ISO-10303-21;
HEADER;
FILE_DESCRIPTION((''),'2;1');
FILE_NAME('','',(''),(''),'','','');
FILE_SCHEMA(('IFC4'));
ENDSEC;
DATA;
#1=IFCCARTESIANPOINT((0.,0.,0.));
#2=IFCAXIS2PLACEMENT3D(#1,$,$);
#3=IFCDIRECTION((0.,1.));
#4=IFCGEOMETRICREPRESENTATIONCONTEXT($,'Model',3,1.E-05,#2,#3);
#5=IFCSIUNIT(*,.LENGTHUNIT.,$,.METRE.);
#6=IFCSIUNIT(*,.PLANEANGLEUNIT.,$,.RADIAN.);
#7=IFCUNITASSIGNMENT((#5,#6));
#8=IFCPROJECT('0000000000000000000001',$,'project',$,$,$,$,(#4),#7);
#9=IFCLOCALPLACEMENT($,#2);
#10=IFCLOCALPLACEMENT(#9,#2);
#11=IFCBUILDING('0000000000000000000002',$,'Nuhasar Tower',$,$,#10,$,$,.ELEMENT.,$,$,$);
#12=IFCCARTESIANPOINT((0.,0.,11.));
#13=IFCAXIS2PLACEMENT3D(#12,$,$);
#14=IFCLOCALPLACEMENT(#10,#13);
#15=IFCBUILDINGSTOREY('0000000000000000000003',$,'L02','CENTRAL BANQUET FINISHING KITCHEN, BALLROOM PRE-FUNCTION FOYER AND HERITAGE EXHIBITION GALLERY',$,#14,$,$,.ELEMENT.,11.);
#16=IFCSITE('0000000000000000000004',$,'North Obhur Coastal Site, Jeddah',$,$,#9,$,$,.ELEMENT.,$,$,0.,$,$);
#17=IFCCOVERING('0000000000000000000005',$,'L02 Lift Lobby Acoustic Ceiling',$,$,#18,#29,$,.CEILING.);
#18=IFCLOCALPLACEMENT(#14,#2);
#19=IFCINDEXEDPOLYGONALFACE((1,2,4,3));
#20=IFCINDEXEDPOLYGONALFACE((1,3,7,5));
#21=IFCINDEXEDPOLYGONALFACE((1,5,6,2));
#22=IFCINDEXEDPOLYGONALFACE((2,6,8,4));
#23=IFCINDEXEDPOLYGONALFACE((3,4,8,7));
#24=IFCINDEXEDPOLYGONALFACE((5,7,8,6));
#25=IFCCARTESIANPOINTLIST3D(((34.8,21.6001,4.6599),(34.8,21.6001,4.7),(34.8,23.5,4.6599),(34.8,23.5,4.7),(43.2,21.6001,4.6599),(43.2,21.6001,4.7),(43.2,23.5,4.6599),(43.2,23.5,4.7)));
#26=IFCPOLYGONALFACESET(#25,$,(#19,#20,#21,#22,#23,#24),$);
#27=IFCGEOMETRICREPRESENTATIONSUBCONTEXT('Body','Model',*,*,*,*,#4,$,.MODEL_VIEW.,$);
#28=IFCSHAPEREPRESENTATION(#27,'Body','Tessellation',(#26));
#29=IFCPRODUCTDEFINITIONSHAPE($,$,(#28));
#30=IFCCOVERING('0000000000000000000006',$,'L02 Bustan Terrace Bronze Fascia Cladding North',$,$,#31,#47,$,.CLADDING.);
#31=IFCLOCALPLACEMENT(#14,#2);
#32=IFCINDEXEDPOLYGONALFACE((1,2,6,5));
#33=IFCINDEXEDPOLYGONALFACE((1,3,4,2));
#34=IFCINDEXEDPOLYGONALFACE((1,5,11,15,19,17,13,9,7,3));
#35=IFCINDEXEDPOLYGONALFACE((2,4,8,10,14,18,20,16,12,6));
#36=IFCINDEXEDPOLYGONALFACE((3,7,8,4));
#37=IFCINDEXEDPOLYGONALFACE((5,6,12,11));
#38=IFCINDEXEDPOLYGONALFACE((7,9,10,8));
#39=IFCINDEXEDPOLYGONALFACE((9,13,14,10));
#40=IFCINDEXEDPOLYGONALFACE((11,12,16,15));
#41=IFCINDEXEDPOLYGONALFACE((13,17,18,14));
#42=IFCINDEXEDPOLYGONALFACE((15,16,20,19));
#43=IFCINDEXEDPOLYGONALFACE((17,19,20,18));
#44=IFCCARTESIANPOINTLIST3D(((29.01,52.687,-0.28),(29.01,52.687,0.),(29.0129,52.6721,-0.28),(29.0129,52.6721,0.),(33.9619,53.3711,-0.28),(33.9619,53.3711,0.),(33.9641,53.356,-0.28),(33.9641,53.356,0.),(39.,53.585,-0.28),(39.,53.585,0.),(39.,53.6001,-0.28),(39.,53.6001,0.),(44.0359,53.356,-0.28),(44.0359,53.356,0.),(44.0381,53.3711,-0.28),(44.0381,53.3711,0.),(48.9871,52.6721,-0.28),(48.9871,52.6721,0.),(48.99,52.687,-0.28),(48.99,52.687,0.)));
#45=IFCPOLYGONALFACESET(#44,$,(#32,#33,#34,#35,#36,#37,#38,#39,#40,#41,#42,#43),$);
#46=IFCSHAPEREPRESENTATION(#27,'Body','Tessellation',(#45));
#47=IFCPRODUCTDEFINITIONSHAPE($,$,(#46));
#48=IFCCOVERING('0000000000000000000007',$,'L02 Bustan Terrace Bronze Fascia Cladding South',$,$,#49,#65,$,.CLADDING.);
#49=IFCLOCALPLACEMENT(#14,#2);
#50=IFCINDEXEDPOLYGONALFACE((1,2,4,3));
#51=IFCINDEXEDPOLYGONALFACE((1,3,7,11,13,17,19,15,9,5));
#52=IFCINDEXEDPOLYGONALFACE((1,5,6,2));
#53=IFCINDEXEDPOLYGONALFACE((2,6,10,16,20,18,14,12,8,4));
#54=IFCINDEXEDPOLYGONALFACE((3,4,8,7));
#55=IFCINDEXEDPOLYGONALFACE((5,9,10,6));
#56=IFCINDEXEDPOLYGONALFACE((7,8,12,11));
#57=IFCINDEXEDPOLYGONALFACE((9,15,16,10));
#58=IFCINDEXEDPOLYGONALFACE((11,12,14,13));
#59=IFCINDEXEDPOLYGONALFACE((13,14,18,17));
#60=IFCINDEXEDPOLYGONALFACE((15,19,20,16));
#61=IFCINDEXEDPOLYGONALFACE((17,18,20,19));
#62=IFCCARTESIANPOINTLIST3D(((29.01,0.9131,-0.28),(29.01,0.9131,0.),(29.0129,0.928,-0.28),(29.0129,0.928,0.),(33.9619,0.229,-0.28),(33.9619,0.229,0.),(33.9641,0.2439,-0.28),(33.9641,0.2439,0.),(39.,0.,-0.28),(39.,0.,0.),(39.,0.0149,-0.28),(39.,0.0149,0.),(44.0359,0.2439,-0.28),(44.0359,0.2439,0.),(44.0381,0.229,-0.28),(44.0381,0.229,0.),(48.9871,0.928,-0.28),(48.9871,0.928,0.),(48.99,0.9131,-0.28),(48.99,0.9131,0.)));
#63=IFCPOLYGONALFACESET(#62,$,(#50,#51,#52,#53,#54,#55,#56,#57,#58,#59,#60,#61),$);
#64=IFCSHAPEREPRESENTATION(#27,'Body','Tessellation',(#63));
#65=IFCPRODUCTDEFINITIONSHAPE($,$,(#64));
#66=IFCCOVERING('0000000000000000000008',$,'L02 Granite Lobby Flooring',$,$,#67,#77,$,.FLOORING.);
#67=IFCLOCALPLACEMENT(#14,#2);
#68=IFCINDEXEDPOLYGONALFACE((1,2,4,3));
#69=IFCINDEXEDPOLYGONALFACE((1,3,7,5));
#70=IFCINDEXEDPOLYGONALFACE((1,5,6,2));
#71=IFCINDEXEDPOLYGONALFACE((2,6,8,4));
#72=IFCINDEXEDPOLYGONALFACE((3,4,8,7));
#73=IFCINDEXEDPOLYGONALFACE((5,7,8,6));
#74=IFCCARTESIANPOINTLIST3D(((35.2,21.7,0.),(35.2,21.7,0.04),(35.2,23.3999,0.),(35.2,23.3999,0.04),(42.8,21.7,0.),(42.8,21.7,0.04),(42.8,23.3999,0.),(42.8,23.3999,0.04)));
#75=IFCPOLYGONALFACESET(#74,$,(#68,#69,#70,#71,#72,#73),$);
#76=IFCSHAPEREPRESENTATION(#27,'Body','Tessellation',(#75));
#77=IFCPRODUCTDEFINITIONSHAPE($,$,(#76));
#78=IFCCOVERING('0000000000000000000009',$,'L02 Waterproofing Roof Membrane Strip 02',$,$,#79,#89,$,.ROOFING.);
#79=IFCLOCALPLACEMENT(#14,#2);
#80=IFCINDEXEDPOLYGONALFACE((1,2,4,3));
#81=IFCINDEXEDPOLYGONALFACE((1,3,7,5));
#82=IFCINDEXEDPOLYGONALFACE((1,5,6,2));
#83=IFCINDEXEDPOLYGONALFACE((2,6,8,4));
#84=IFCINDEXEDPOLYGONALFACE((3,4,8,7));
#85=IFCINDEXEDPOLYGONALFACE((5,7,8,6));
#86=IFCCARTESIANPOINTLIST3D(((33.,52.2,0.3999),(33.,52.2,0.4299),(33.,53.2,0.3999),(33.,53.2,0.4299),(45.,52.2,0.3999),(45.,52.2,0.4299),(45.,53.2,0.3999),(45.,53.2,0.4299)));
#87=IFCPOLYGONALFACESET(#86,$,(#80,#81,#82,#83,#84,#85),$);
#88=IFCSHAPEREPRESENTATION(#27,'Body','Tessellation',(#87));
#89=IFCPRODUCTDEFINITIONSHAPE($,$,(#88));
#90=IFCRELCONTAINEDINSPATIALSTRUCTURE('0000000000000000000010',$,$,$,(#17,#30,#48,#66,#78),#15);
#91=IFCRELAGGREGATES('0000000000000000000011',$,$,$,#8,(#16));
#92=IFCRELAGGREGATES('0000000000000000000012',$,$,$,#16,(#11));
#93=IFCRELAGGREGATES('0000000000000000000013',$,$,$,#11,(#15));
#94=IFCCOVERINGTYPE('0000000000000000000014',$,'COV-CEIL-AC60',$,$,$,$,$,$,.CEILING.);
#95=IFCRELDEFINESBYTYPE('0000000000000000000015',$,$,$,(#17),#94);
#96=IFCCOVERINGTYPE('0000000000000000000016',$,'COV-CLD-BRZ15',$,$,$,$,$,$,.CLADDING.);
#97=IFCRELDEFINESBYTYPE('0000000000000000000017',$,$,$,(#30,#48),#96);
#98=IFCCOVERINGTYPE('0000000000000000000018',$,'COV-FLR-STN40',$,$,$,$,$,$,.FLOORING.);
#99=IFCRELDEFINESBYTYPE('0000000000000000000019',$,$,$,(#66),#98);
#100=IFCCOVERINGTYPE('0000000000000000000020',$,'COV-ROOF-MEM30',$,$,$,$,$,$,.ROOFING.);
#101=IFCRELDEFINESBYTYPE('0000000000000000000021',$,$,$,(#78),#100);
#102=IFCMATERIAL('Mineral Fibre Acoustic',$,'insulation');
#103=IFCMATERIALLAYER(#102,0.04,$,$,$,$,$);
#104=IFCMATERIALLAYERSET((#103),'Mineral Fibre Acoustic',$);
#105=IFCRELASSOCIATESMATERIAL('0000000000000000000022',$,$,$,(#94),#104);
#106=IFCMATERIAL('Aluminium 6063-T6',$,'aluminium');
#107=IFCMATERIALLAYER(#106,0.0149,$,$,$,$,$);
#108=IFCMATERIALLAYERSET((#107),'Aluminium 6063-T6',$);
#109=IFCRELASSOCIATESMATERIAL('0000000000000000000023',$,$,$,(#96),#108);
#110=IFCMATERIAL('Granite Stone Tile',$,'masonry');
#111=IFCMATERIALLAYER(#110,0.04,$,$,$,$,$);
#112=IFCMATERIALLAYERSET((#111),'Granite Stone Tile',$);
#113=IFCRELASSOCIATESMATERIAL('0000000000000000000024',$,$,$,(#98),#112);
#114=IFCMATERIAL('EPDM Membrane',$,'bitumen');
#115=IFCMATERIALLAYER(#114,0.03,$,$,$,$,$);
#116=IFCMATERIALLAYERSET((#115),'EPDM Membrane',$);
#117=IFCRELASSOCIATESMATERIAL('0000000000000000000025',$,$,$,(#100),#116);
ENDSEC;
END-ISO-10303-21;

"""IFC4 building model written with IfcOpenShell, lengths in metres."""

from ifc_helpers import new_model, si_unit, direction, frame, origin, place, context, subcontext, project, spatial, polyline, outline, extrude, material, layer, layer_set, type_object, element, save


model = new_model("IFC4")

# Units and contexts
model_context = context("Model", 3, precision=1e-05, world=origin(), true_north=direction((0.0, 1.0)))
body_context = subcontext(model_context, "Body", "Model", "MODEL_VIEW")
ifc_project = project(units=[si_unit("LENGTHUNIT", "METRE"), si_unit("PLANEANGLEUNIT", "RADIAN")], contexts=[model_context])

# Site, building, storey
site_placement = place(None, origin())
site = spatial("IfcSite", under=ifc_project, at=site_placement, Name="North Obhur Coastal Site, Jeddah", CompositionType="ELEMENT", RefElevation=0.0)
building_placement = place(site_placement, origin())
building = spatial("IfcBuilding", under=site, at=building_placement, Name="Nuhasar Tower", CompositionType="ELEMENT")
storey_placement = place(building_placement, frame((0.0, 0.0, 11.0)))
storey = spatial("IfcBuildingStorey", under=building, at=storey_placement, Name="L02", Description="CENTRAL BANQUET FINISHING KITCHEN, BALLROOM PRE-FUNCTION FOYER AND HERITAGE EXHIBITION GALLERY", CompositionType="ELEMENT", Elevation=11.0)

# Shared definitions
ifc_material_1 = material(Name="Aluminium 6063-T6", Category="aluminium")

# Coverings
ifc_material_2 = material(Name="Mineral Fibre Acoustic", Category="insulation")
ifc_layer_1 = layer(ifc_material_2, 0.04)
ifc_layer_set_1 = layer_set([ifc_layer_1], Name="Mineral Fibre Acoustic")
covering_type_1 = type_object("IfcCoveringType", Name="COV-CEIL-AC60", PredefinedType="CEILING", material=ifc_layer_set_1)
covering_1_placement = place(storey_placement, frame((0.0, 0.0, 4.6599)))
element("IfcCovering", 1, at=covering_1_placement, inside=storey, type_object=covering_type_1, Name="L02 Lift Lobby Acoustic Ceiling", PredefinedType="CEILING", context=body_context, shape_type="SweptSolid", body=[
    extrude(outline(polyline([(34.8, 21.6001), (43.2, 21.6001), (43.2, 23.5), (34.8, 23.5), (34.8, 21.6001)])), origin(), (0.0, 0.0, 1.0), 0.04),
])
ifc_layer_2 = layer(ifc_material_1, 0.0149)
ifc_layer_set_2 = layer_set([ifc_layer_2], Name="Aluminium 6063-T6")
covering_type_2 = type_object("IfcCoveringType", Name="COV-CLD-BRZ15", PredefinedType="CLADDING", material=ifc_layer_set_2)
covering_2_placement = place(storey_placement, frame((0.0, 0.0, -0.28)))
element("IfcCovering", 2, at=covering_2_placement, inside=storey, type_object=covering_type_2, Name="L02 Bustan Terrace Bronze Fascia Cladding North", PredefinedType="CLADDING", context=body_context, shape_type="SweptSolid", body=[
    extrude(outline(polyline([(48.99, 52.687), (44.0381, 53.3711), (39.0, 53.6001), (33.9619, 53.3711), (29.01, 52.687), (29.0129, 52.6721), (33.9641, 53.356), (39.0, 53.585), (44.0359, 53.356), (48.9871, 52.6721), (48.99, 52.687)])), origin(), (0.0, 0.0, 1.0), 0.28),
])
covering_3_placement = place(storey_placement, frame((0.0, 0.0, -0.28)))
element("IfcCovering", 3, at=covering_3_placement, inside=storey, type_object=covering_type_2, Name="L02 Bustan Terrace Bronze Fascia Cladding South", PredefinedType="CLADDING", context=body_context, shape_type="SweptSolid", body=[
    extrude(outline(polyline([(29.01, 0.9131), (33.9619, 0.229), (39.0, 0.0), (44.0381, 0.229), (48.99, 0.9131), (48.9871, 0.928), (44.0359, 0.2439), (39.0, 0.0149), (33.9641, 0.2439), (29.0129, 0.928), (29.01, 0.9131)])), origin(), (0.0, 0.0, 1.0), 0.28),
])
ifc_material_3 = material(Name="Granite Stone Tile", Category="masonry")
ifc_layer_3 = layer(ifc_material_3, 0.04)
ifc_layer_set_3 = layer_set([ifc_layer_3], Name="Granite Stone Tile")
covering_type_3 = type_object("IfcCoveringType", Name="COV-FLR-STN40", PredefinedType="FLOORING", material=ifc_layer_set_3)
covering_4_placement = place(storey_placement, origin())
element("IfcCovering", 4, at=covering_4_placement, inside=storey, type_object=covering_type_3, Name="L02 Granite Lobby Flooring", PredefinedType="FLOORING", context=body_context, shape_type="SweptSolid", body=[
    extrude(outline(polyline([(35.2, 21.7), (42.8, 21.7), (42.8, 23.3999), (35.2, 23.3999), (35.2, 21.7)])), origin(), (0.0, 0.0, 1.0), 0.04),
])
ifc_material_4 = material(Name="EPDM Membrane", Category="bitumen")
ifc_layer_4 = layer(ifc_material_4, 0.03)
ifc_layer_set_4 = layer_set([ifc_layer_4], Name="EPDM Membrane")
covering_type_4 = type_object("IfcCoveringType", Name="COV-ROOF-MEM30", PredefinedType="ROOFING", material=ifc_layer_set_4)
covering_5_placement = place(storey_placement, frame((0.0, 0.0, 0.3999)))
element("IfcCovering", 5, at=covering_5_placement, inside=storey, type_object=covering_type_4, Name="L02 Waterproofing Roof Membrane Strip 02", PredefinedType="ROOFING", context=body_context, shape_type="SweptSolid", body=[
    extrude(outline(polyline([(33.0, 52.2), (45.0, 52.2), (45.0, 53.2), (33.0, 53.2), (33.0, 52.2)])), origin(), (0.0, 0.0, 1.0), 0.03),
])

save(model, "model.ifc")
